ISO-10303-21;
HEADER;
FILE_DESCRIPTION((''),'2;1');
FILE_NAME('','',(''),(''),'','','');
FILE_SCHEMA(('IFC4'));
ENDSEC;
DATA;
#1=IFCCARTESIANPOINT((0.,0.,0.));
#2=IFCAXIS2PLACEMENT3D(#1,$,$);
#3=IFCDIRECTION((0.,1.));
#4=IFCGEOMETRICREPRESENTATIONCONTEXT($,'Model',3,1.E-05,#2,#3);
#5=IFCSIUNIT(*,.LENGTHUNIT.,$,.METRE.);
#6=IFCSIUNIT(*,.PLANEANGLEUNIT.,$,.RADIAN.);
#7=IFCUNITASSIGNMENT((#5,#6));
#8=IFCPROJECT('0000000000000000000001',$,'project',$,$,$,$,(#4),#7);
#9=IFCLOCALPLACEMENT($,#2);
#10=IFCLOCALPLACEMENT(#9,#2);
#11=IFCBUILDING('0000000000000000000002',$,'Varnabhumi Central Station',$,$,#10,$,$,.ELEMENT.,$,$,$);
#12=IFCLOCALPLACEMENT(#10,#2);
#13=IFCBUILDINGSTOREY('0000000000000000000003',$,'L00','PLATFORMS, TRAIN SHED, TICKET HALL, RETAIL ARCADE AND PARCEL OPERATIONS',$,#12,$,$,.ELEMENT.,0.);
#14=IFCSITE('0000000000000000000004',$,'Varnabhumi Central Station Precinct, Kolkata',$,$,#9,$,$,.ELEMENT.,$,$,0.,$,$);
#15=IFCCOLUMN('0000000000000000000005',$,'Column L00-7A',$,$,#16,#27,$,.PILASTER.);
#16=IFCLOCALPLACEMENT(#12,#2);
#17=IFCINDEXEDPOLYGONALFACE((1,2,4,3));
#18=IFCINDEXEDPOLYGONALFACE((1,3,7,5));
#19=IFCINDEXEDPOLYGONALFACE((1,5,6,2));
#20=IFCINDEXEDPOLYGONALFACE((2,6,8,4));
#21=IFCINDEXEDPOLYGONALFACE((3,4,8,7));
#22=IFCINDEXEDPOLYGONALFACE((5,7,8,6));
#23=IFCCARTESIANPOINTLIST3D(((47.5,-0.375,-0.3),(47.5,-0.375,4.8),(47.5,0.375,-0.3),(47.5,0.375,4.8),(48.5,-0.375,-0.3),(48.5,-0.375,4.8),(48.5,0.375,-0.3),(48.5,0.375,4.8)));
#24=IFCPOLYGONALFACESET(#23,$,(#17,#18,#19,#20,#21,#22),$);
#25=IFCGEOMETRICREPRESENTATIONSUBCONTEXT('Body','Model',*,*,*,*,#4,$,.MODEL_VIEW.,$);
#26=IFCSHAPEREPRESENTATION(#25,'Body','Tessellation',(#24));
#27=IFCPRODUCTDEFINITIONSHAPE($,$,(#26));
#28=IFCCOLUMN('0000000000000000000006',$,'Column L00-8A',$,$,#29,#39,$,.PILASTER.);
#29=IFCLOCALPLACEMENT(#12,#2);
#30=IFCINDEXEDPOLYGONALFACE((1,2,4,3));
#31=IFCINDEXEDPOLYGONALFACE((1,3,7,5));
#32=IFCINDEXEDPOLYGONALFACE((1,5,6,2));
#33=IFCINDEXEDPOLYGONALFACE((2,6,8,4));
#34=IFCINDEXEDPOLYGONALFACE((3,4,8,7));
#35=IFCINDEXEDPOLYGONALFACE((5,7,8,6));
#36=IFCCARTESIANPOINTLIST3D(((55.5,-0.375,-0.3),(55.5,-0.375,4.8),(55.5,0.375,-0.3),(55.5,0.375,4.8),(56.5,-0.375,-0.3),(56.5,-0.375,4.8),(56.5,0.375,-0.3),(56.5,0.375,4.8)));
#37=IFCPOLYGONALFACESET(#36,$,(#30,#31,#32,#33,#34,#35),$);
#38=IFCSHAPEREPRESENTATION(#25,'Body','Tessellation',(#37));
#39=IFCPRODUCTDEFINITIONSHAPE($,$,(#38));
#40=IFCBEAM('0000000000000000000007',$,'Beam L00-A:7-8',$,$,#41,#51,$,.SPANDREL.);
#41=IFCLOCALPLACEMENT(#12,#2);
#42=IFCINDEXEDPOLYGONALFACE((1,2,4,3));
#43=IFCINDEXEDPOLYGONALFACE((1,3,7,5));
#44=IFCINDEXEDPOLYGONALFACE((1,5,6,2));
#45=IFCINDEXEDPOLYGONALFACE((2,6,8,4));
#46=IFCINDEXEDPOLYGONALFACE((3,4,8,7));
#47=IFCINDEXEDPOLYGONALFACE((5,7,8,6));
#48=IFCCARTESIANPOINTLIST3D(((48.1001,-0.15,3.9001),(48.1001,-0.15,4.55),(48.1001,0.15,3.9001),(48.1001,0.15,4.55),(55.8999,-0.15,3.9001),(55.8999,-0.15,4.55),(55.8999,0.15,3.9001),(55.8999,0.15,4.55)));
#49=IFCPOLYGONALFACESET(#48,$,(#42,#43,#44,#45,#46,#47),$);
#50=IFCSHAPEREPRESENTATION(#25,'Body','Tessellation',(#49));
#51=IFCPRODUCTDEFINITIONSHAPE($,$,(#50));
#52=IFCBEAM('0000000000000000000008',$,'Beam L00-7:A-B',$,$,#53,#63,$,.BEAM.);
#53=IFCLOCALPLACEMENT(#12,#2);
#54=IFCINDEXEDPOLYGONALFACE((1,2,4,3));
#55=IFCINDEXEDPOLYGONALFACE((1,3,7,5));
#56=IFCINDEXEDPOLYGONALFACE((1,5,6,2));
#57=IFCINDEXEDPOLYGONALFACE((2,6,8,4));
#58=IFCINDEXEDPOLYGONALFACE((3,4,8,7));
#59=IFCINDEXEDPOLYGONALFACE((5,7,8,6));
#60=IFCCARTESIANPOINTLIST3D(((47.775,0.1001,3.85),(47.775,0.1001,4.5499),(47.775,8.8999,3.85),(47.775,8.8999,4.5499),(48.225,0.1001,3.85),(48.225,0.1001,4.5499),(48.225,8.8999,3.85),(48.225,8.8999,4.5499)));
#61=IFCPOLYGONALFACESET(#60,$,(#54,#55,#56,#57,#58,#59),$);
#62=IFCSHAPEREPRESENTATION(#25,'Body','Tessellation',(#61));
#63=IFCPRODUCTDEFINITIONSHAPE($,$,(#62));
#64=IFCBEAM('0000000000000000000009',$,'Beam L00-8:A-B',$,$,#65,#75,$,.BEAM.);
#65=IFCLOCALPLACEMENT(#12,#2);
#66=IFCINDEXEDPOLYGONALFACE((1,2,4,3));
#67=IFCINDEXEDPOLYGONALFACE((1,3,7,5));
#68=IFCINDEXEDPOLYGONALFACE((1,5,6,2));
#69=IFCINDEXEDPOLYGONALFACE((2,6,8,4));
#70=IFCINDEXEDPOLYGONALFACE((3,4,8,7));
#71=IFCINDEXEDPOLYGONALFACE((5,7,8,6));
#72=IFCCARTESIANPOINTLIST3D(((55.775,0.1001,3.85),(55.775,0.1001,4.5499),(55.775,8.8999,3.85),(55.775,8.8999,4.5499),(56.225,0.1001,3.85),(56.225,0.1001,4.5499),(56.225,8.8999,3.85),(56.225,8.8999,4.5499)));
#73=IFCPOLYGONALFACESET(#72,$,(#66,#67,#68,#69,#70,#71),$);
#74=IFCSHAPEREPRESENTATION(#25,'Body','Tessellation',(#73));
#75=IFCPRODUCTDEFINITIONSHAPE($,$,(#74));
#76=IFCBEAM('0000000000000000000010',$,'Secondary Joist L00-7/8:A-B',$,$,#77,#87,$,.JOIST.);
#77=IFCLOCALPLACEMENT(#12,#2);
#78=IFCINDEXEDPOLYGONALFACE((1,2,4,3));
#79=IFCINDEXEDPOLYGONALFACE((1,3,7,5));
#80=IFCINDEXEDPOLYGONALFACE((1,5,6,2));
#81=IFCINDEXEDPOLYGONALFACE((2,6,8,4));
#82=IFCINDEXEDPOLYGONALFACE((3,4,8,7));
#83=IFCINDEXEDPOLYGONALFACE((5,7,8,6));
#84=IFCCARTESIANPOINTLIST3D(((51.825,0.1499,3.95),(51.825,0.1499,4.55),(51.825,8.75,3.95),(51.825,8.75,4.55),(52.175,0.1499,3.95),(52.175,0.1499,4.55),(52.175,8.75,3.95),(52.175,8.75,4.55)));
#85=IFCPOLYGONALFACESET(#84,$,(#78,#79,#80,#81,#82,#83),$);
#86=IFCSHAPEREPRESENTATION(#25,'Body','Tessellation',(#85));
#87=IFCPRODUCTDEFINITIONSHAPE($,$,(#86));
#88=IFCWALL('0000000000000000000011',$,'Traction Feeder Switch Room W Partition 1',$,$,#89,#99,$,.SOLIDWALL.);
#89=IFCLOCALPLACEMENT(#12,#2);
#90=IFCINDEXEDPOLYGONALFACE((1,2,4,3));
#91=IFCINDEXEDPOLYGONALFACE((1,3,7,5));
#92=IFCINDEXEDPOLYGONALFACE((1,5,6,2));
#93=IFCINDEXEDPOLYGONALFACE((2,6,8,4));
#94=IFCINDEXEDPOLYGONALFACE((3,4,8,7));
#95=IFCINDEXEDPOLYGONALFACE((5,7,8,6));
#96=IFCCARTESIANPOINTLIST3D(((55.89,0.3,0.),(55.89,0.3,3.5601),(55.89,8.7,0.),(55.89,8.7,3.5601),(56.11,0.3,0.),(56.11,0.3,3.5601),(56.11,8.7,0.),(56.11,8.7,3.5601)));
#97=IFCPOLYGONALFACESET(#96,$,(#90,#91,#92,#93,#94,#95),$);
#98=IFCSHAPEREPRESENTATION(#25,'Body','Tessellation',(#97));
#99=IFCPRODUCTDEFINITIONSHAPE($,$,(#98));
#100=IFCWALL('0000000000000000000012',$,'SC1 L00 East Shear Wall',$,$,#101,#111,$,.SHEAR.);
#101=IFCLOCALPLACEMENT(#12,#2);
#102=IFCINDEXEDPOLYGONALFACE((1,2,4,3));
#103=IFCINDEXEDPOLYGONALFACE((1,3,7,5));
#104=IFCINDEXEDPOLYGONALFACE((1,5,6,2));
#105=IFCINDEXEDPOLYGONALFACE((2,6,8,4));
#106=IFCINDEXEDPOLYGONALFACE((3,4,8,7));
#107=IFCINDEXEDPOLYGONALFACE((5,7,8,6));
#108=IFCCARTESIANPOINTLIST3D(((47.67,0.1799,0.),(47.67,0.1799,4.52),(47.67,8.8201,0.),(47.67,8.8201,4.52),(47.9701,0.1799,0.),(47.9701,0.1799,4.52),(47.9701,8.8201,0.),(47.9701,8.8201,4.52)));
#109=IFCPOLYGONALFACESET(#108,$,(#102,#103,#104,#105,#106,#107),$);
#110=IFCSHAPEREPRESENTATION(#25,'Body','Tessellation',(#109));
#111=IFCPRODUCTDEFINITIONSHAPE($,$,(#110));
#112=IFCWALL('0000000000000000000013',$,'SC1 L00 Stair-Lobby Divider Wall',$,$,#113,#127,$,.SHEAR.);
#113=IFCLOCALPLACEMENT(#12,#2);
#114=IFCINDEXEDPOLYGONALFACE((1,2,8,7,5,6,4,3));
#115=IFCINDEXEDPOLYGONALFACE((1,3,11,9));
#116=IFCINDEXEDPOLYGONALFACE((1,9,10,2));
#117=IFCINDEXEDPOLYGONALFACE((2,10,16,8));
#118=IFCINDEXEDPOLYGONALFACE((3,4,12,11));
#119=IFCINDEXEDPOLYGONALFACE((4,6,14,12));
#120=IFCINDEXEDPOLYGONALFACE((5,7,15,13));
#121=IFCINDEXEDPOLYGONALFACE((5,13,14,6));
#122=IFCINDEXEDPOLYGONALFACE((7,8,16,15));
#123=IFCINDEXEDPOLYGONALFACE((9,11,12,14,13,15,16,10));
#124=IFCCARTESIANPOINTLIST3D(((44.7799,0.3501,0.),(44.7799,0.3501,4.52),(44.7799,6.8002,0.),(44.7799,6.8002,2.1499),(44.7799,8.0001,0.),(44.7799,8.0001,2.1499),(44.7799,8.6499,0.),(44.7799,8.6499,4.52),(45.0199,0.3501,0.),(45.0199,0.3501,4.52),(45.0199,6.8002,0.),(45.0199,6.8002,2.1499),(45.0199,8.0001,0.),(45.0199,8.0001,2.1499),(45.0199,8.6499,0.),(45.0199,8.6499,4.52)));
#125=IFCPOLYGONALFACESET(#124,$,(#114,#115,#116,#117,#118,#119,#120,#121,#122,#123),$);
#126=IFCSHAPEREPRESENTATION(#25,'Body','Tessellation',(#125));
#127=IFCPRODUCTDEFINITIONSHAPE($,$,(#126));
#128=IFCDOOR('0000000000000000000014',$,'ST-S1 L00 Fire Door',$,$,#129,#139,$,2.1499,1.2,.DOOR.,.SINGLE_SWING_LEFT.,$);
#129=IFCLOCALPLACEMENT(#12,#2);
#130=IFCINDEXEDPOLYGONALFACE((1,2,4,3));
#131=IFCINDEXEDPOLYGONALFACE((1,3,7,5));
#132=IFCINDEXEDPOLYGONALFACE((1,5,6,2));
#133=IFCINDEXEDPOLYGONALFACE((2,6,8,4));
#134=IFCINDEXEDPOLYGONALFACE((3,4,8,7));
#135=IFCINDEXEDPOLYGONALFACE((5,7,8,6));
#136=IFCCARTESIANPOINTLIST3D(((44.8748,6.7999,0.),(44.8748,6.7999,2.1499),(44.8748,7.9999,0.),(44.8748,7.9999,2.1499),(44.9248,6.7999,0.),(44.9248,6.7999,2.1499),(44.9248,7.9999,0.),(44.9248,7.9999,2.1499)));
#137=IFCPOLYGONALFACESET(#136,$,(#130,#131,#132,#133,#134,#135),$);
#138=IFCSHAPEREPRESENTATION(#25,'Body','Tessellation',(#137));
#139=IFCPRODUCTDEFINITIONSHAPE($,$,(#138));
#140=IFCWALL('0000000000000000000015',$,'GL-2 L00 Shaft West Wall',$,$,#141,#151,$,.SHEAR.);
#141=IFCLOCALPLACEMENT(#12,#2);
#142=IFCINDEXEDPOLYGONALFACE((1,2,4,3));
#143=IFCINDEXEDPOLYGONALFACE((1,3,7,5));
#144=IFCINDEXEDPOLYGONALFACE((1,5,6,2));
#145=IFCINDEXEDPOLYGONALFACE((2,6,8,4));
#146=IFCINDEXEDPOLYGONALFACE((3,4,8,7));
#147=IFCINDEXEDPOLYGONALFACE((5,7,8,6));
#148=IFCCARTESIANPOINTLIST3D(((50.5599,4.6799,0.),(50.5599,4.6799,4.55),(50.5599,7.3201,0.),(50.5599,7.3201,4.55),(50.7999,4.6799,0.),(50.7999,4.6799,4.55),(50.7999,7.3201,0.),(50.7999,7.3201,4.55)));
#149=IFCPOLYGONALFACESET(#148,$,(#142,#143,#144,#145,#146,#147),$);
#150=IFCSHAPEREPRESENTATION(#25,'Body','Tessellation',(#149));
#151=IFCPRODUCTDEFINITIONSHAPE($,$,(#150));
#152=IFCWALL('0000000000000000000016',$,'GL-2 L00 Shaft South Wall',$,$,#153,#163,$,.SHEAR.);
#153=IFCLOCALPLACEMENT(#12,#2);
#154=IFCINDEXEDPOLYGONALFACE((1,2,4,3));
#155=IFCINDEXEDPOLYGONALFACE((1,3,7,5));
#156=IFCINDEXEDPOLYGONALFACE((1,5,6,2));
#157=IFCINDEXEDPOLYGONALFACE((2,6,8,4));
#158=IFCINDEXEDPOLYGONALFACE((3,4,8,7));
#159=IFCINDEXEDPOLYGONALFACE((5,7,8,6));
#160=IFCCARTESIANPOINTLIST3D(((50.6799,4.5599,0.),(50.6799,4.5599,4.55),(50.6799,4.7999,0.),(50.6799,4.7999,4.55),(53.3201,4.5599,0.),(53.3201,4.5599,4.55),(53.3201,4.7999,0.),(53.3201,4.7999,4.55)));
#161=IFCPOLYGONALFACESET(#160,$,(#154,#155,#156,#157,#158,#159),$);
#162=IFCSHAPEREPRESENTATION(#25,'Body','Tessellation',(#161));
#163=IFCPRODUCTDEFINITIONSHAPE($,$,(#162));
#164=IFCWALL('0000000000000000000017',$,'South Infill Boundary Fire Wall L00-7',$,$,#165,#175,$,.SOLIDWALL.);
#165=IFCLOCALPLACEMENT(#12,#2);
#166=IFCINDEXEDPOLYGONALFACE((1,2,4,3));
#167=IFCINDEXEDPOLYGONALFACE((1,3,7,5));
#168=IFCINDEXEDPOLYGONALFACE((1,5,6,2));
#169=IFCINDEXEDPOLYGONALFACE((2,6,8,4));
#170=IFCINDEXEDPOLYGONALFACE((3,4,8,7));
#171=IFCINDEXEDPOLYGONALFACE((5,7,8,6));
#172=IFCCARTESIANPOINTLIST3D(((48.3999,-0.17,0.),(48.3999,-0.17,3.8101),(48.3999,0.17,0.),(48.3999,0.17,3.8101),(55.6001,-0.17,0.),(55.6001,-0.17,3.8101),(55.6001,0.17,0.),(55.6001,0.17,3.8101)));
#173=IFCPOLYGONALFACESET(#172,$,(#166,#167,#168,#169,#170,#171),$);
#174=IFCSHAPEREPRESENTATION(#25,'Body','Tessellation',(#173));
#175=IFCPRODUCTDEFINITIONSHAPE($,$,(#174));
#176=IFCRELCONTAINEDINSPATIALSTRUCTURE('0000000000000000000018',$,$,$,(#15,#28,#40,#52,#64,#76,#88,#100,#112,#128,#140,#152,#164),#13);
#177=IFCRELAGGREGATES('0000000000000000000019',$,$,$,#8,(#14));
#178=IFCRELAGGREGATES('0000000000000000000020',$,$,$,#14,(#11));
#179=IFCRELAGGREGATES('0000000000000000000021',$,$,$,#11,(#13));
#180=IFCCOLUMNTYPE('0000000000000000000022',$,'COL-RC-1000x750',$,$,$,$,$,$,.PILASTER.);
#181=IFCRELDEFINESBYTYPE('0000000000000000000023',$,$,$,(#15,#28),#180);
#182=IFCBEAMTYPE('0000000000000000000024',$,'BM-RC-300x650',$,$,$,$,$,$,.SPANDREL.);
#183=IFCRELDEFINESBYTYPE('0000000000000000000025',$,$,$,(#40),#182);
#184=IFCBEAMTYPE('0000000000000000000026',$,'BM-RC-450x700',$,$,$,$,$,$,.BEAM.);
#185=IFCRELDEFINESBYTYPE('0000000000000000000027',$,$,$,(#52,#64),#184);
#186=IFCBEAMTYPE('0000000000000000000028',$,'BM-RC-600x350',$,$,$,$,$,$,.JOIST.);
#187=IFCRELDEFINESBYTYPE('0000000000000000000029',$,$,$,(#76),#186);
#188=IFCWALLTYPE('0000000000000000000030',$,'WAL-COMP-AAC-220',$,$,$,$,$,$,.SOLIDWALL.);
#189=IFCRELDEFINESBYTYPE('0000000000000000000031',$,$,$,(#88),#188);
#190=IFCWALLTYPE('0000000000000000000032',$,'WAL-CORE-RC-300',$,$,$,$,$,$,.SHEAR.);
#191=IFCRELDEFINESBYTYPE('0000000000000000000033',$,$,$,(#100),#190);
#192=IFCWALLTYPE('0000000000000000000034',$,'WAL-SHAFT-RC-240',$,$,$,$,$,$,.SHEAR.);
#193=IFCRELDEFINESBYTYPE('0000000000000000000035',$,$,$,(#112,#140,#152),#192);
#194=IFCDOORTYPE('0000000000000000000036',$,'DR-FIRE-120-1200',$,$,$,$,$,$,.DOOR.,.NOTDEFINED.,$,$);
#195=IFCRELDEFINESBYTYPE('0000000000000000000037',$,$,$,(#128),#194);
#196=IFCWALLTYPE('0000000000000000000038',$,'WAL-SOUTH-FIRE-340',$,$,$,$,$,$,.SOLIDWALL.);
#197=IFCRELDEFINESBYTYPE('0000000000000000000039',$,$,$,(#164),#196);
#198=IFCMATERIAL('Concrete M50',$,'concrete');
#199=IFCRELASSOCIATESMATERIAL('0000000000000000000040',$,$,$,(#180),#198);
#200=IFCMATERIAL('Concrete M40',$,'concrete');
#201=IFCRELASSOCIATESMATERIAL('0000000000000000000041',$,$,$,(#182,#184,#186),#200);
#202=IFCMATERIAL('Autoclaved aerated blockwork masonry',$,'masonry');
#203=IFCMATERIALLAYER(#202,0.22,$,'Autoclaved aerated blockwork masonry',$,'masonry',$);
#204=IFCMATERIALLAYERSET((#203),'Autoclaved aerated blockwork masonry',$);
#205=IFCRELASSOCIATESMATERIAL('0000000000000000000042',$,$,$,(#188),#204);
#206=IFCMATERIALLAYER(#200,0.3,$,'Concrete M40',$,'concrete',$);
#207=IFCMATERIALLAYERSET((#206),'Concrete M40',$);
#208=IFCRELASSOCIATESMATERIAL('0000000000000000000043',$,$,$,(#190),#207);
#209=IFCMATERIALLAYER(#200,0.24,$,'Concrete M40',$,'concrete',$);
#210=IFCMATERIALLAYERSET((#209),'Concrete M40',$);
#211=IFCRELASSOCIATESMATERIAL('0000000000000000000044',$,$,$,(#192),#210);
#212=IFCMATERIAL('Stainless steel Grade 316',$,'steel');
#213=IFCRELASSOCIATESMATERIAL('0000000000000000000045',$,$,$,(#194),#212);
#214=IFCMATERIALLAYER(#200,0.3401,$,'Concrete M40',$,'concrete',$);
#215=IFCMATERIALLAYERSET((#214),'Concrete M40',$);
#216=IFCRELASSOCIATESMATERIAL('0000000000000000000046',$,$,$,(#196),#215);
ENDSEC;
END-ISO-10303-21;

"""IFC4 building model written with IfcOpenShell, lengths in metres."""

from ifc_helpers import new_model, si_unit, direction, frame, frame_2d, origin, origin_2d, place, context, subcontext, project, spatial, rectangle, extrude, material, layer, layer_set, material_profile, profile_set, type_object, element, fill, save


model = new_model("IFC4")

# Units and contexts
model_context = context("Model", 3, precision=1e-05, world=origin(), true_north=direction((0.0, 1.0)))
body_context = subcontext(model_context, "Body", "Model", "MODEL_VIEW")
ifc_project = project(units=[si_unit("LENGTHUNIT", "METRE"), si_unit("PLANEANGLEUNIT", "RADIAN")], contexts=[model_context])

# Site, building, storey
site_placement = place(None, origin())
site = spatial("IfcSite", under=ifc_project, at=site_placement, Name="Varnabhumi Central Station Precinct, Kolkata", CompositionType="ELEMENT", RefElevation=0.0)
building_placement = place(site_placement, origin())
building = spatial("IfcBuilding", under=site, at=building_placement, Name="Varnabhumi Central Station", CompositionType="ELEMENT")
storey_placement = place(building_placement, origin())
storey = spatial("IfcBuildingStorey", under=building, at=storey_placement, Name="L00", Description="PLATFORMS, TRAIN SHED, TICKET HALL, RETAIL ARCADE AND PARCEL OPERATIONS", CompositionType="ELEMENT", Elevation=0.0)

# Shared definitions
ifc_material_1 = material(Name="Concrete M40", Category="concrete")

# Columns
ifc_material_2 = material(Name="Concrete M50", Category="concrete")
ifc_material_profile_1 = material_profile(ifc_material_2, rectangle(XDim=1.0, YDim=0.75, at=origin_2d()), Name="Concrete M50", Category="concrete")
ifc_profile_set_1 = profile_set([ifc_material_profile_1], Name="Concrete M50")
column_type = type_object("IfcColumnType", Name="COL-RC-1000x750", PredefinedType="PILASTER", material=ifc_profile_set_1)
for number, where, z_axis, x_axis, name in (
    (1, (48.0, 0.0, -0.3), (0.0, 0.0, 1.0), (1.0, 0.0, 0.0), "Column L00-7A"),
    (2, (56.0, 0.0, -0.3), (0.0, 0.0, 1.0), (1.0, 0.0, 0.0), "Column L00-8A"),
):
    element("IfcColumn", number, at=place(storey_placement, frame(where, z_axis=z_axis, x_axis=x_axis)), inside=storey, type_object=column_type, Name=name, PredefinedType="PILASTER", context=body_context, shape_type="SweptSolid", body=[
        extrude(rectangle(XDim=1.0, YDim=0.75, at=origin_2d()), origin(), (0.0, 0.0, 1.0), 5.1001),
    ])

# Beams
ifc_material_profile_2 = material_profile(ifc_material_1, rectangle(XDim=0.3, YDim=0.6499, at=origin_2d()), Name="Concrete M40", Category="concrete")
ifc_profile_set_2 = profile_set([ifc_material_profile_2], Name="Concrete M40")
beam_type_1 = type_object("IfcBeamType", Name="BM-RC-300x650", PredefinedType="SPANDREL", material=ifc_profile_set_2)
beam_1_placement = place(storey_placement, frame((48.1001, 0.0, 4.2251), z_axis=(1.0, 0.0, 0.0), x_axis=(0.0, 1.0, 0.0)))
element("IfcBeam", 3, at=beam_1_placement, inside=storey, type_object=beam_type_1, Name="Beam L00-A:7-8", PredefinedType="SPANDREL", context=body_context, shape_type="SweptSolid", body=[
    extrude(rectangle(XDim=0.3, YDim=0.6499, at=origin_2d()), origin(), (0.0, 0.0, 1.0), 7.7998),
])
ifc_material_profile_3 = material_profile(ifc_material_1, rectangle(XDim=0.45, YDim=0.7, at=origin_2d()), Name="Concrete M40", Category="concrete")
ifc_profile_set_3 = profile_set([ifc_material_profile_3], Name="Concrete M40")
beam_type_2 = type_object("IfcBeamType", Name="BM-RC-450x700", PredefinedType="BEAM", material=ifc_profile_set_3)
for number, where, z_axis, x_axis, name in (
    (4, (48.0, 0.1001, 4.2), (0.0, 1.0, 0.0), (-1.0, 0.0, 0.0), "Beam L00-7:A-B"),
    (5, (56.0, 0.1001, 4.2), (0.0, 1.0, 0.0), (-1.0, 0.0, 0.0), "Beam L00-8:A-B"),
):
    element("IfcBeam", number, at=place(storey_placement, frame(where, z_axis=z_axis, x_axis=x_axis)), inside=storey, type_object=beam_type_2, Name=name, PredefinedType="BEAM", context=body_context, shape_type="SweptSolid", body=[
        extrude(rectangle(XDim=0.45, YDim=0.7, at=origin_2d()), origin(), (0.0, 0.0, 1.0), 8.7998),
    ])
ifc_material_profile_4 = material_profile(ifc_material_1, rectangle(XDim=0.3501, YDim=0.6001, at=origin_2d()), Name="Concrete M40", Category="concrete")
ifc_profile_set_4 = profile_set([ifc_material_profile_4], Name="Concrete M40")
beam_type_3 = type_object("IfcBeamType", Name="BM-RC-600x350", PredefinedType="JOIST", material=ifc_profile_set_4)
beam_2_placement = place(storey_placement, frame((52.0, 0.1499, 4.25), z_axis=(0.0, 1.0, 0.0), x_axis=(-1.0, 0.0, 0.0)))
element("IfcBeam", 6, at=beam_2_placement, inside=storey, type_object=beam_type_3, Name="Secondary Joist L00-7/8:A-B", PredefinedType="JOIST", context=body_context, shape_type="SweptSolid", body=[
    extrude(rectangle(XDim=0.3501, YDim=0.6001, at=origin_2d()), origin(), (0.0, 0.0, 1.0), 8.6001),
])

# Walls
ifc_material_3 = material(Name="Autoclaved aerated blockwork masonry", Category="masonry")
ifc_layer_1 = layer(ifc_material_3, 0.22, Name="Autoclaved aerated blockwork masonry", Category="masonry")
ifc_layer_set_1 = layer_set([ifc_layer_1], Name="Autoclaved aerated blockwork masonry")
wall_type_1 = type_object("IfcWallType", Name="WAL-COMP-AAC-220", PredefinedType="SOLIDWALL", material=ifc_layer_set_1)
wall_1_placement = place(storey_placement, frame((56.0, 0.3, 0.0), z_axis=(0.0, 0.0, 1.0), x_axis=(0.0, 1.0, 0.0)))
element("IfcWall", 7, at=wall_1_placement, inside=storey, type_object=wall_type_1, Name="Traction Feeder Switch Room W Partition 1", PredefinedType="SOLIDWALL", context=body_context, shape_type="SweptSolid", body=[
    extrude(rectangle(XDim=8.3999, YDim=0.22, at=frame_2d((4.2, 0.0))), origin(), (0.0, 0.0, 1.0), 3.5601),
])
ifc_layer_2 = layer(ifc_material_1, 0.3, Name="Concrete M40", Category="concrete")
ifc_layer_set_2 = layer_set([ifc_layer_2], Name="Concrete M40")
wall_type_2 = type_object("IfcWallType", Name="WAL-CORE-RC-300", PredefinedType="SHEAR", material=ifc_layer_set_2)
wall_2_placement = place(storey_placement, frame((47.8201, 0.1799, 0.0), z_axis=(0.0, 0.0, 1.0), x_axis=(0.0, 1.0, 0.0)))
element("IfcWall", 8, at=wall_2_placement, inside=storey, type_object=wall_type_2, Name="SC1 L00 East Shear Wall", PredefinedType="SHEAR", context=body_context, shape_type="SweptSolid", body=[
    extrude(rectangle(XDim=8.6401, YDim=0.3, at=frame_2d((4.3201, 0.0))), origin(), (0.0, 0.0, 1.0), 4.52),
])

# Wall, opening, door
ifc_layer_3 = layer(ifc_material_1, 0.24, Name="Concrete M40", Category="concrete")
ifc_layer_set_3 = layer_set([ifc_layer_3], Name="Concrete M40")
wall_type_3 = type_object("IfcWallType", Name="WAL-SHAFT-RC-240", PredefinedType="SHEAR", material=ifc_layer_set_3)
wall_3_placement = place(storey_placement, frame((44.8999, 0.3501, 0.0), z_axis=(0.0, 0.0, 1.0), x_axis=(0.0, 1.0, 0.0)))
wall_3 = element("IfcWall", 9, at=wall_3_placement, inside=storey, type_object=wall_type_3, Name="SC1 L00 Stair-Lobby Divider Wall", PredefinedType="SHEAR", context=body_context, shape_type="SweptSolid", body=[
    extrude(rectangle(XDim=8.2998, YDim=0.24, at=frame_2d((4.1499, 0.0))), origin(), (0.0, 0.0, 1.0), 4.52),
])
opening_1_placement = place(wall_3_placement, frame((6.45, 0.0, 0.0)))
opening_1 = element("IfcOpeningElement", 10, at=opening_1_placement, cuts=wall_3, PredefinedType="OPENING", context=body_context, shape_type="SweptSolid", body=[
    extrude(rectangle(XDim=1.2, YDim=2.1499, at=frame_2d((0.6001, 1.075))), frame((0.0, 0.1299, 0.0), z_axis=(0.0, -1.0, 0.0), x_axis=(1.0, 0.0, 0.0)), (0.0, 0.0, 1.0), 0.26),
])
ifc_material_4 = material(Name="Stainless steel Grade 316", Category="steel")
door_type_1 = type_object("IfcDoorType", Name="DR-FIRE-120-1200", OperationType="NOTDEFINED", PredefinedType="DOOR", material=ifc_material_4)
door_1_placement = place(opening_1_placement, frame((1.2, 0.0, 0.0), z_axis=(0.0, 0.0, 1.0), x_axis=(-1.0, 0.0, 0.0)))
door_1 = element("IfcDoor", 11, at=door_1_placement, inside=storey, type_object=door_type_1, Name="ST-S1 L00 Fire Door", OperationType="SINGLE_SWING_LEFT", OverallHeight=2.1499, OverallWidth=1.2, PredefinedType="DOOR", context=body_context, shape_type="SweptSolid", body=[
    extrude(rectangle(XDim=1.2, YDim=2.1499, at=frame_2d((0.6001, 1.075))), frame((0.0, 0.0249, 0.0), z_axis=(0.0, -1.0, 0.0), x_axis=(1.0, 0.0, 0.0)), (0.0, 0.0, 1.0), 0.05),
])
fill(opening_1, door_1)

# Walls
for number, where, z_axis, x_axis, name in (
    (12, (50.6799, 4.6799, 0.0), (0.0, 0.0, 1.0), (0.0, 1.0, 0.0), "GL-2 L00 Shaft West Wall"),
    (13, (50.6799, 4.6799, 0.0), (0.0, 0.0, 1.0), (1.0, 0.0, 0.0), "GL-2 L00 Shaft South Wall"),
):
    element("IfcWall", number, at=place(storey_placement, frame(where, z_axis=z_axis, x_axis=x_axis)), inside=storey, type_object=wall_type_3, Name=name, PredefinedType="SHEAR", context=body_context, shape_type="SweptSolid", body=[
        extrude(rectangle(XDim=2.6401, YDim=0.24, at=frame_2d((1.3201, 0.0))), origin(), (0.0, 0.0, 1.0), 4.55),
    ])
ifc_layer_4 = layer(ifc_material_1, 0.3401, Name="Concrete M40", Category="concrete")
ifc_layer_set_4 = layer_set([ifc_layer_4], Name="Concrete M40")
wall_type_4 = type_object("IfcWallType", Name="WAL-SOUTH-FIRE-340", PredefinedType="SOLIDWALL", material=ifc_layer_set_4)
wall_4_placement = place(storey_placement, frame((48.3999, 0.0, 0.0), z_axis=(0.0, 0.0, 1.0), x_axis=(1.0, 0.0, 0.0)))
element("IfcWall", 14, at=wall_4_placement, inside=storey, type_object=wall_type_4, Name="South Infill Boundary Fire Wall L00-7", PredefinedType="SOLIDWALL", context=body_context, shape_type="SweptSolid", body=[
    extrude(rectangle(XDim=7.2002, YDim=0.3401, at=frame_2d((3.6001, 0.0))), origin(), (0.0, 0.0, 1.0), 3.8101),
])

save(model, "model.ifc")
